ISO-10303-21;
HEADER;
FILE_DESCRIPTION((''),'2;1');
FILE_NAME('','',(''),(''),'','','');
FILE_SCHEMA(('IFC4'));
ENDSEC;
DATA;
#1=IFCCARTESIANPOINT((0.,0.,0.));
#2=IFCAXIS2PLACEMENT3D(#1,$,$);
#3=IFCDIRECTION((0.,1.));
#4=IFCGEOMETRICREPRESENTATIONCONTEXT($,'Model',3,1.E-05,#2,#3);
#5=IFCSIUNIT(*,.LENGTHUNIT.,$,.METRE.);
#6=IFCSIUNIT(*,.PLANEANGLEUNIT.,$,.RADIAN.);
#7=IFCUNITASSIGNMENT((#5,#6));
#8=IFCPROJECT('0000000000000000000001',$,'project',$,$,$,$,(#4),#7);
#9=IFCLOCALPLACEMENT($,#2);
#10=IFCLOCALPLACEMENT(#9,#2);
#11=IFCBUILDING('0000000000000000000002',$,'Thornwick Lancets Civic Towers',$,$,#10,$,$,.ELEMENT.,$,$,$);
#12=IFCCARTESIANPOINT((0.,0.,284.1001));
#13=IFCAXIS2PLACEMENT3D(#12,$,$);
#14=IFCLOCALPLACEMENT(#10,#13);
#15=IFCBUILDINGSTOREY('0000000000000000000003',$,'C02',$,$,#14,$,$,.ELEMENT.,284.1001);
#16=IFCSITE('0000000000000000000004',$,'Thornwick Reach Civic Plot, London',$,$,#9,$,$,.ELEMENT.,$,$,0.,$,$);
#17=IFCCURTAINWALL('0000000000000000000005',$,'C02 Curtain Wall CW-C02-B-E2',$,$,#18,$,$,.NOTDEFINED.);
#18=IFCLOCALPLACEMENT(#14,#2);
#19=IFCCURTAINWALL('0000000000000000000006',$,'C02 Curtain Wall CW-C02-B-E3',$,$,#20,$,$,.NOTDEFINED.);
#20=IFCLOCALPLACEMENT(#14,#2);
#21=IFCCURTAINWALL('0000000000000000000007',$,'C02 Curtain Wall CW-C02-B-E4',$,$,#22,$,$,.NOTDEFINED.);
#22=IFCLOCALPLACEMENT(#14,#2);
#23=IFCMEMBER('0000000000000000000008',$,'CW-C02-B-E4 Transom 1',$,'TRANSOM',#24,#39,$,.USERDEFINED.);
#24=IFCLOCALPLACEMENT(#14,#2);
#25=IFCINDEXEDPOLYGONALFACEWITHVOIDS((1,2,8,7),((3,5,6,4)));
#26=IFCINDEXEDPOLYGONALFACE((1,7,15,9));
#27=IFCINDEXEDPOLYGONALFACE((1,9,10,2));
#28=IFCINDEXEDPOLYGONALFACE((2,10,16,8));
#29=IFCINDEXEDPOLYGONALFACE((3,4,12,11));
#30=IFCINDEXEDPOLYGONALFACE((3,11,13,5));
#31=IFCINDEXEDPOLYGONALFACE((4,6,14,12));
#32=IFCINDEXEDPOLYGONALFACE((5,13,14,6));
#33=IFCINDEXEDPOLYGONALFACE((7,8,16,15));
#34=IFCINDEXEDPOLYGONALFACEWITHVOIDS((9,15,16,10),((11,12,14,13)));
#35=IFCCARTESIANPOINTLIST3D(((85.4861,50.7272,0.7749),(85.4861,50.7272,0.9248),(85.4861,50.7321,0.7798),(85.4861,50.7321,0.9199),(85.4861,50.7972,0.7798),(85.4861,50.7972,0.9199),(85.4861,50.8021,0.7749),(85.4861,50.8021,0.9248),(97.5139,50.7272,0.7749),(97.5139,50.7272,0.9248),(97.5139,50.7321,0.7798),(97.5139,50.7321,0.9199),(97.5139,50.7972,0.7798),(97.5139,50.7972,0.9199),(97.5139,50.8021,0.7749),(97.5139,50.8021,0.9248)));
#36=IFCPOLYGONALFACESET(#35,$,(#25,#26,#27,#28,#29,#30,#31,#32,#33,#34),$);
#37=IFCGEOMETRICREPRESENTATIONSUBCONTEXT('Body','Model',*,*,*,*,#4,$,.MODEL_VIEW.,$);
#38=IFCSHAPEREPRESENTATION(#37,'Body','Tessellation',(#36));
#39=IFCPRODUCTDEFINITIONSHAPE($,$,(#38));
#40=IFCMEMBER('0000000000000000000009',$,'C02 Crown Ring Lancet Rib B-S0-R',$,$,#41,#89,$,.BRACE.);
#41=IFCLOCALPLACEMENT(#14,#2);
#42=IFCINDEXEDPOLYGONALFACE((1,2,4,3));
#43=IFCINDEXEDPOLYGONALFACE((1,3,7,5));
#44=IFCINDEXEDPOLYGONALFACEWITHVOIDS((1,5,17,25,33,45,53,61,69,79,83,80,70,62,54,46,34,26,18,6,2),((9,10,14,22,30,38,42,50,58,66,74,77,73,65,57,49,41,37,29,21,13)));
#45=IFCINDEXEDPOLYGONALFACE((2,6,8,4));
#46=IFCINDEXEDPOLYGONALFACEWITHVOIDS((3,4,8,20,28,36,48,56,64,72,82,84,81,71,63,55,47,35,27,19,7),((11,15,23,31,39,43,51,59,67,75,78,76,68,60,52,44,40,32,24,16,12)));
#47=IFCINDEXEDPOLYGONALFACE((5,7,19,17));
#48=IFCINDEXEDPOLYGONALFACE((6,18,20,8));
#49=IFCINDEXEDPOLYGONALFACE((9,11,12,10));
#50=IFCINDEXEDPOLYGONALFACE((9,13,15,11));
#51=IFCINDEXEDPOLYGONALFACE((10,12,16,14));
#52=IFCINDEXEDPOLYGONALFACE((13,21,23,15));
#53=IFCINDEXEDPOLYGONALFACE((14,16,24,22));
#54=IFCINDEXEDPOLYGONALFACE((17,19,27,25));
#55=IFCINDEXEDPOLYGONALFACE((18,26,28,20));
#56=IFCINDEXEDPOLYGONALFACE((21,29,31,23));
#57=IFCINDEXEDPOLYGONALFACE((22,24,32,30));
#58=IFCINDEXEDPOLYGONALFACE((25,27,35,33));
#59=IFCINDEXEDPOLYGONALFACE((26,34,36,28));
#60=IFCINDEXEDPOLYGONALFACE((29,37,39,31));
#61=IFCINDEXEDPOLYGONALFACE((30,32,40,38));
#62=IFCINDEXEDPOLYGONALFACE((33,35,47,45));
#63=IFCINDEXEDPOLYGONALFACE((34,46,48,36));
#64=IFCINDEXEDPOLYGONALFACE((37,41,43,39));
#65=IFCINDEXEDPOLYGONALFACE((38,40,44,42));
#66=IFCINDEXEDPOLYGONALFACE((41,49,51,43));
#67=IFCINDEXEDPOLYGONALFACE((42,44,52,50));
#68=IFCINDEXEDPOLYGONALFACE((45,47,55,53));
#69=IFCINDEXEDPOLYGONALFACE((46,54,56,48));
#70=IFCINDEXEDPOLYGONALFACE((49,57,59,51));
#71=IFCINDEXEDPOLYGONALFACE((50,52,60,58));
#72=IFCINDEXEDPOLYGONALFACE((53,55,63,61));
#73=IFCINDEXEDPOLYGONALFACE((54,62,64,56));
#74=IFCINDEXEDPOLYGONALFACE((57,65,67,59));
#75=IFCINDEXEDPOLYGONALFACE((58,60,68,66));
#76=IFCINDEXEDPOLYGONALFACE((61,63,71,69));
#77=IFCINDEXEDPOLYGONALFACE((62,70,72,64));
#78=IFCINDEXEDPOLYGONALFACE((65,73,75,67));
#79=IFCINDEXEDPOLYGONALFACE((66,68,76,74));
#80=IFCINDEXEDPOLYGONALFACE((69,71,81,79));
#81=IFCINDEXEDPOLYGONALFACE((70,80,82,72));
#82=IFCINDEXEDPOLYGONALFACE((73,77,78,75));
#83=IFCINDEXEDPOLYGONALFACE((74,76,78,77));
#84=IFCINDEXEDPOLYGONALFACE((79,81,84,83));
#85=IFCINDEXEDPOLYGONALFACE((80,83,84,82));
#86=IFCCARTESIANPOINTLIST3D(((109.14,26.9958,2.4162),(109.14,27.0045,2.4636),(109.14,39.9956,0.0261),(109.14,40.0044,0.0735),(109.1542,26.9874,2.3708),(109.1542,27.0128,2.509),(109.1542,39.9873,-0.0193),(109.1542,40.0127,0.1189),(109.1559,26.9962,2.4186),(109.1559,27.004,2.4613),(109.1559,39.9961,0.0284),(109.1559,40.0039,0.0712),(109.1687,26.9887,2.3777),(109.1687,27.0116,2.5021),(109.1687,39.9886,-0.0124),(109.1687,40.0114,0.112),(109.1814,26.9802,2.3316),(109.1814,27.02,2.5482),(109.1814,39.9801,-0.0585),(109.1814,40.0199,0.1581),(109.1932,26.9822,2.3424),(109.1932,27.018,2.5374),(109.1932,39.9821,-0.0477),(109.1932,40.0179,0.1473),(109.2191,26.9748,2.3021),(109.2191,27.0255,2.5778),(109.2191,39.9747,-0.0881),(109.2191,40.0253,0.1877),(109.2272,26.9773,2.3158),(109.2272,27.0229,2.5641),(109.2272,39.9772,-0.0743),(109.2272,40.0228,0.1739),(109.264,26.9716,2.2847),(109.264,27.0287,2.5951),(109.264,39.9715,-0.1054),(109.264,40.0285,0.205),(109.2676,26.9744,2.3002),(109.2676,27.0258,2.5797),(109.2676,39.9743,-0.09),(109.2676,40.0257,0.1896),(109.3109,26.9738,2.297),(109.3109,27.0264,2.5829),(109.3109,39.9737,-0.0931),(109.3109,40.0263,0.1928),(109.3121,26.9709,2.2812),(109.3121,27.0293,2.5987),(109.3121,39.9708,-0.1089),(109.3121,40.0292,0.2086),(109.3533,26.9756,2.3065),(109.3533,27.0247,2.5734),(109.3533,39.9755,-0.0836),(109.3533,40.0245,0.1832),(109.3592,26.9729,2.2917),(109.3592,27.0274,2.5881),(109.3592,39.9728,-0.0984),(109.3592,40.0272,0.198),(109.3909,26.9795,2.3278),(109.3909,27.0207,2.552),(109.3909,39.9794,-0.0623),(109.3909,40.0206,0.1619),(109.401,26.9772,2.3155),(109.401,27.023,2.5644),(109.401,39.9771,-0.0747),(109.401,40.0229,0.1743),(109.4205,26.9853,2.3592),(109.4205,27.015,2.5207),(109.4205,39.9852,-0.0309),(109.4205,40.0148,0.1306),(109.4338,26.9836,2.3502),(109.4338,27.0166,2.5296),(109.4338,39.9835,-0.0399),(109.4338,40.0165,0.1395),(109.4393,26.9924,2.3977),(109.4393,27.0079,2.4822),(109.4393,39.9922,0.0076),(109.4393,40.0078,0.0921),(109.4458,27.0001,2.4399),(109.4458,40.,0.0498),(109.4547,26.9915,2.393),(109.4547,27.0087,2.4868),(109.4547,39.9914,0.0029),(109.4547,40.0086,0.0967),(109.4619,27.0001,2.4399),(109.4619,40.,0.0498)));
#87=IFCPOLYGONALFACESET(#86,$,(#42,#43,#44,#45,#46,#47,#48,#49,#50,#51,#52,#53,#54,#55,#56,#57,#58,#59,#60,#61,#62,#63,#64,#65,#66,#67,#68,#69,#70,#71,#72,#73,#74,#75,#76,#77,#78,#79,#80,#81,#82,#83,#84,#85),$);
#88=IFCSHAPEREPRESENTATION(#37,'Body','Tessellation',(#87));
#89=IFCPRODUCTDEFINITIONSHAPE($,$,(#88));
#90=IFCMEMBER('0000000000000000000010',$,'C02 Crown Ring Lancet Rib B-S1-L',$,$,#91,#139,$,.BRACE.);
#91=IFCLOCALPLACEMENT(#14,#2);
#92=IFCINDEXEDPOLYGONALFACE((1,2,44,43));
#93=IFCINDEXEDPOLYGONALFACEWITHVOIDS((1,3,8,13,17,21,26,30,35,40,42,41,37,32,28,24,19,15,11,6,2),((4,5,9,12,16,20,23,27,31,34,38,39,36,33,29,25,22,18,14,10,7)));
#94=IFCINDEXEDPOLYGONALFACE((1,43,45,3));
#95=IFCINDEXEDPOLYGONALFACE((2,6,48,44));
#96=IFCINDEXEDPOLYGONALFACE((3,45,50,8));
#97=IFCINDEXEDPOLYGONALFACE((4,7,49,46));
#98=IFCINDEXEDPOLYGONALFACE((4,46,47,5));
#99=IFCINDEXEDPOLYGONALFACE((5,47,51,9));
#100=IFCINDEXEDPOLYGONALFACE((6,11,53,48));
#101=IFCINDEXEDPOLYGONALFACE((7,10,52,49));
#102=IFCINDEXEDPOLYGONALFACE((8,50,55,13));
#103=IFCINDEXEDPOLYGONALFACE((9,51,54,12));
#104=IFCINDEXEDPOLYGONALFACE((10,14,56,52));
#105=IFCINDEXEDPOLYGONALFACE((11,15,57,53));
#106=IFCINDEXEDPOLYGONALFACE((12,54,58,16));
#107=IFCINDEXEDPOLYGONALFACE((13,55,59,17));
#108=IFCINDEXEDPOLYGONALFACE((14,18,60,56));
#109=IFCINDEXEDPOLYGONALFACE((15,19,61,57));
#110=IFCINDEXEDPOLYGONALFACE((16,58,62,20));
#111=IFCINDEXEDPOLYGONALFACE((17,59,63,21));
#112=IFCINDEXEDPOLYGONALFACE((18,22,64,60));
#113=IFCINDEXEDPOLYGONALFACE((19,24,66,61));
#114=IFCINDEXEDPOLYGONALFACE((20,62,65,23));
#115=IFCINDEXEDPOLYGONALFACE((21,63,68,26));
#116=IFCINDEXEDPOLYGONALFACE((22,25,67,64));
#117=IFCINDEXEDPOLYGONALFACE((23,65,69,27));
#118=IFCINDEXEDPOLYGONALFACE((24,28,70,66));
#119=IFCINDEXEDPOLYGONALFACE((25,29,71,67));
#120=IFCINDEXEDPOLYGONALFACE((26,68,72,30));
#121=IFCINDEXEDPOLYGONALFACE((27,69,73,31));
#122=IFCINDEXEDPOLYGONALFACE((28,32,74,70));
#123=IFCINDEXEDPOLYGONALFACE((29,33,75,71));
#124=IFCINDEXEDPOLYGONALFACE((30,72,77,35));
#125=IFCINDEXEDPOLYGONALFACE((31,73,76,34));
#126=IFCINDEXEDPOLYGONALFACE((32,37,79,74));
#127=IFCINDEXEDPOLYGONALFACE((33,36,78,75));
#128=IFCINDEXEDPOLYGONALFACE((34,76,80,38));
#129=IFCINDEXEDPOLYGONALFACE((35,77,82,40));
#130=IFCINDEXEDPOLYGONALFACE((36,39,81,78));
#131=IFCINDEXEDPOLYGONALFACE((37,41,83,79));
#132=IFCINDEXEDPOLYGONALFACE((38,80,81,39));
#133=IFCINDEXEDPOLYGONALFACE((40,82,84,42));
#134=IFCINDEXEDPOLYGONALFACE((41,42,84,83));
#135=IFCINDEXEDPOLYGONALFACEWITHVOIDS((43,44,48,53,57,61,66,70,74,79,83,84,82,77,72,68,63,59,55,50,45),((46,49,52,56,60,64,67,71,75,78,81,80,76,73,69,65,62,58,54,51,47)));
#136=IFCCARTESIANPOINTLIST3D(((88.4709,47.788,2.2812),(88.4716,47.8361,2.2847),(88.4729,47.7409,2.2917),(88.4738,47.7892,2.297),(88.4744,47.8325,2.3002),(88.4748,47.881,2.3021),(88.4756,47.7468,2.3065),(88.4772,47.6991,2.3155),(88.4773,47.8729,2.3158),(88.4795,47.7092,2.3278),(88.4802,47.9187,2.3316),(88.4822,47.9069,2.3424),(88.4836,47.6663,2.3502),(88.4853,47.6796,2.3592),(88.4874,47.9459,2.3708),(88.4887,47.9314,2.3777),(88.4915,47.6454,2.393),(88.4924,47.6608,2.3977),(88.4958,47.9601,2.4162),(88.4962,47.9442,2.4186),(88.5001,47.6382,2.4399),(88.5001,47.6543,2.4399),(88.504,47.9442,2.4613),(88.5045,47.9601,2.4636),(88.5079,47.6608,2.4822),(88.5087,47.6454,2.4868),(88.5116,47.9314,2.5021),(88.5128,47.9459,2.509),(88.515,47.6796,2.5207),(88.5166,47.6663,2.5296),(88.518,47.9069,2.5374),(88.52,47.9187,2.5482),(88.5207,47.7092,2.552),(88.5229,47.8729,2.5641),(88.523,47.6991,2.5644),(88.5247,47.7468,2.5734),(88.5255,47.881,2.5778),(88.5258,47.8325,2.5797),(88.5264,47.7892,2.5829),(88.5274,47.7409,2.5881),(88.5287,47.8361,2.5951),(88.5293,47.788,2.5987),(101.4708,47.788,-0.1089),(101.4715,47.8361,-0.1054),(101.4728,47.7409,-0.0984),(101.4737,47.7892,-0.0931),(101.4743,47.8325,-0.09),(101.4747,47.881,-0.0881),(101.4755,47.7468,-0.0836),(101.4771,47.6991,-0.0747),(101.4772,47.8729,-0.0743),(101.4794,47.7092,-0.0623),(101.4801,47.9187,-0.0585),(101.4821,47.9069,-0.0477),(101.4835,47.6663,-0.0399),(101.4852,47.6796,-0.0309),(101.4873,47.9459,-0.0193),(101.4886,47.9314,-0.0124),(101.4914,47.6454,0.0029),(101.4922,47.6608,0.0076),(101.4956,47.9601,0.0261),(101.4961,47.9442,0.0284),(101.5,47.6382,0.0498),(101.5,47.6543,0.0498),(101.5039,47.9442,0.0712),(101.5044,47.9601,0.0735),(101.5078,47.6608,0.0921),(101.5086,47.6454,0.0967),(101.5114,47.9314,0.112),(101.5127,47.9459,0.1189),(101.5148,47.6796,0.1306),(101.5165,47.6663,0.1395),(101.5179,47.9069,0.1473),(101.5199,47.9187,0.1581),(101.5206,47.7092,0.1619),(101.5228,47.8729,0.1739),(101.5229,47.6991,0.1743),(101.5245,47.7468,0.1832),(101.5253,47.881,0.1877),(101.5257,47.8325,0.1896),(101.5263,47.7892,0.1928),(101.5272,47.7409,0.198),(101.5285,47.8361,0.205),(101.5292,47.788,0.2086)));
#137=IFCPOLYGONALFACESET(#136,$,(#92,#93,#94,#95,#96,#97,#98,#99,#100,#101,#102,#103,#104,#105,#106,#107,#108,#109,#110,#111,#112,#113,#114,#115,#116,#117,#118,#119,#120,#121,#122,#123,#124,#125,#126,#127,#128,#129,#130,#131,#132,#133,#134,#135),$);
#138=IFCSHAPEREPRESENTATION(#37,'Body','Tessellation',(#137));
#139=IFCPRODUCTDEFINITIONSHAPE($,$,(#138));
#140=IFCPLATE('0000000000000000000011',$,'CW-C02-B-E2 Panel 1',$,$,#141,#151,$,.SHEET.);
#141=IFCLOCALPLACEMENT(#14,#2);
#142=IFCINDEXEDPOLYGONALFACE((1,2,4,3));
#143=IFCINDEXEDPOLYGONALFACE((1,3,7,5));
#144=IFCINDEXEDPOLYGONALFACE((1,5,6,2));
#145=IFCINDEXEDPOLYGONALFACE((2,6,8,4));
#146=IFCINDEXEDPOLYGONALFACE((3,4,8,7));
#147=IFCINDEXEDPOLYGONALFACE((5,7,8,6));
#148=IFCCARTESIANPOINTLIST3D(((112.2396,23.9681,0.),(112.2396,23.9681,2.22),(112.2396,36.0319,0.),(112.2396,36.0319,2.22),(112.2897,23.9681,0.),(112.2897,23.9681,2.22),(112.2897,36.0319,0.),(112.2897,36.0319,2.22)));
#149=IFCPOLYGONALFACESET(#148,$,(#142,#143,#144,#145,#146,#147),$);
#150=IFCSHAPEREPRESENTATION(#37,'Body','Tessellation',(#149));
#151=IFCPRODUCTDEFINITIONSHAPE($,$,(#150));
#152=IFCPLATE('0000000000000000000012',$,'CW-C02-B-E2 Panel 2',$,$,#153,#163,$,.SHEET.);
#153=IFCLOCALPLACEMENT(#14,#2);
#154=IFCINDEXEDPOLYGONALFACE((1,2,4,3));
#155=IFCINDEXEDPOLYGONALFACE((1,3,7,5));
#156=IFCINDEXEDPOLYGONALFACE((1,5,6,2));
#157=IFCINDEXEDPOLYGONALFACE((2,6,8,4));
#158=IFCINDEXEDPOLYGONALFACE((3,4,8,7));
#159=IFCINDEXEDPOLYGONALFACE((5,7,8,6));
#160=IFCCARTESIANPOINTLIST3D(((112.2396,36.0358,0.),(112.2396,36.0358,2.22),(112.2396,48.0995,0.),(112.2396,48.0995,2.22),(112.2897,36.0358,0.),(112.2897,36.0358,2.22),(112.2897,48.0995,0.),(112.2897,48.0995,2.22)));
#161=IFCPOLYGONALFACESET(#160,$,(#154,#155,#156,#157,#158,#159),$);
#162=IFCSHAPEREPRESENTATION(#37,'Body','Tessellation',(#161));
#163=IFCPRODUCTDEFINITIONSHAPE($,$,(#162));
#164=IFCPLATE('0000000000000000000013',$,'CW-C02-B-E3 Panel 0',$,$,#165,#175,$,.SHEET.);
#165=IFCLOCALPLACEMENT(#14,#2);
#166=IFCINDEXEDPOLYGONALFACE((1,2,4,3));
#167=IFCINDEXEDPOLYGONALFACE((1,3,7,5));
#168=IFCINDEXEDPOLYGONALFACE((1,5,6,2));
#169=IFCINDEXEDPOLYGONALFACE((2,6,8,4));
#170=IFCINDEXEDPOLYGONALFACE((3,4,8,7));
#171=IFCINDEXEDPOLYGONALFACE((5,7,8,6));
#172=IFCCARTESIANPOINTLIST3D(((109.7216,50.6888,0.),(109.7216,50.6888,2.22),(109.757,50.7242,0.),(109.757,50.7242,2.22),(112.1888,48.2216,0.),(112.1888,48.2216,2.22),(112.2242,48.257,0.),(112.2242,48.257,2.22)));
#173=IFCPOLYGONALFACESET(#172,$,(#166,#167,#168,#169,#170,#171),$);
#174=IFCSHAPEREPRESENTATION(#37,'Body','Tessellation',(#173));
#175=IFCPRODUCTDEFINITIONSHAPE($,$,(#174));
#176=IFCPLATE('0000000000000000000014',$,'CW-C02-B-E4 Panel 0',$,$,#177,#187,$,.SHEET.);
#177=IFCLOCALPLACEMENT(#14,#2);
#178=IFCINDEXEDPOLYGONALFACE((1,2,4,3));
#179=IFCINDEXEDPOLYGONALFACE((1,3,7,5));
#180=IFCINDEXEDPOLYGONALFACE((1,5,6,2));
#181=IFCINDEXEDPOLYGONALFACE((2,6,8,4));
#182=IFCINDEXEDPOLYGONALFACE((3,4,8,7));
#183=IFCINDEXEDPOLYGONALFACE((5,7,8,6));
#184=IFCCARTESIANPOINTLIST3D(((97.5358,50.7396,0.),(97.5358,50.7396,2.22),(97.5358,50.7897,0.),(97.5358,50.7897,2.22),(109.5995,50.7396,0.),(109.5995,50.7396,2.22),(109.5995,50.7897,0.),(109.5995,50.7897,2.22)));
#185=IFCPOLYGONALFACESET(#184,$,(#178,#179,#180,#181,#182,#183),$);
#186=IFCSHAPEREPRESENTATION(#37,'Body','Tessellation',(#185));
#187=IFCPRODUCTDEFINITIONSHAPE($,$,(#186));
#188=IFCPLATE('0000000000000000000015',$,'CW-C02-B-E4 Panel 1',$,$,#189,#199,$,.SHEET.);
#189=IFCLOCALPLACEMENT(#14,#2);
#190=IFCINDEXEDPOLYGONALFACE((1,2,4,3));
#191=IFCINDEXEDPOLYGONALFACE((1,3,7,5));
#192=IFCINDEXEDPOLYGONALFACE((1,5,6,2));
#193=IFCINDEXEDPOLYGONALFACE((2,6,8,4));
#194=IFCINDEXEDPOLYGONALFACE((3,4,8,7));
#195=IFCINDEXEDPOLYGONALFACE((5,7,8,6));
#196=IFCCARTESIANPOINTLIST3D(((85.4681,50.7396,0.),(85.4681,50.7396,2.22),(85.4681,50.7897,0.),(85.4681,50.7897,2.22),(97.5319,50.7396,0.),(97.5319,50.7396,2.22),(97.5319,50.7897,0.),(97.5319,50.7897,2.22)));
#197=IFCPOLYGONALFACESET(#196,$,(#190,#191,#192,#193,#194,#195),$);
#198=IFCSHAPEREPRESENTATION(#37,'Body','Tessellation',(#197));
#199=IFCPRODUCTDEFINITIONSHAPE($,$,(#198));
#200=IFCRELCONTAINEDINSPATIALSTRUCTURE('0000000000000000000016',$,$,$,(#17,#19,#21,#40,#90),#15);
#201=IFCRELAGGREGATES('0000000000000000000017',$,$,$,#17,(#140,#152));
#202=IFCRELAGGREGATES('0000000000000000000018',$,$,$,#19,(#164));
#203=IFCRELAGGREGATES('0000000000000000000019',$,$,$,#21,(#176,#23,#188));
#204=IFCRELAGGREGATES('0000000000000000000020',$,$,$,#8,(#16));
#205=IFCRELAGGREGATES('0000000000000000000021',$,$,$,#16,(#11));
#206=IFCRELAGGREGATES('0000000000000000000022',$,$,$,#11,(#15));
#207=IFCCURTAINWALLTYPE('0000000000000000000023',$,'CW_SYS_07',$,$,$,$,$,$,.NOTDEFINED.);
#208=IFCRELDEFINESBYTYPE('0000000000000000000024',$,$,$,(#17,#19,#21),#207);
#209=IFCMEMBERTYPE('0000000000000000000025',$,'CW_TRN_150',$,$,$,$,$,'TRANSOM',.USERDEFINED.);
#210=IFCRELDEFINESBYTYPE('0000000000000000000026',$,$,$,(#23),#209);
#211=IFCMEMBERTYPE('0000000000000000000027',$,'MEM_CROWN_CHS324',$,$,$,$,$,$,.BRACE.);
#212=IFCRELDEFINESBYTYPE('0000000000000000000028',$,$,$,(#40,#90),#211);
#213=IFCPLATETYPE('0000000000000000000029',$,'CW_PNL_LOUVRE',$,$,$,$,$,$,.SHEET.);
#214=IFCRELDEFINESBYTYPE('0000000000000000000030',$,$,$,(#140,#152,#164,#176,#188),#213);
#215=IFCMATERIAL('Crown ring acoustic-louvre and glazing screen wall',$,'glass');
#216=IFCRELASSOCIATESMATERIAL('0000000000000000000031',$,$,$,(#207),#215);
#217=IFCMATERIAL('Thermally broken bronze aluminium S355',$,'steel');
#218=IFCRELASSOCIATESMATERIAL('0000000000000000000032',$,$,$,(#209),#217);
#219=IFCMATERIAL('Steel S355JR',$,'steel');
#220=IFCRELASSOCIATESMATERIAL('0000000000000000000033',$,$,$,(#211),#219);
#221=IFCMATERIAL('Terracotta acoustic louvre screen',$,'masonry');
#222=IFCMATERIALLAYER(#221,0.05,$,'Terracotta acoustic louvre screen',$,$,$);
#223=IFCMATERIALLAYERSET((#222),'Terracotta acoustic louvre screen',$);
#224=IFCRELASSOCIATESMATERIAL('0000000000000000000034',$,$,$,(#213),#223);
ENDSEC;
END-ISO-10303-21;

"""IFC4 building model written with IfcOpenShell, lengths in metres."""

from ifc_helpers import new_model, si_unit, direction, frame, origin, origin_2d, place, context, subcontext, project, spatial, rectangle, hollow_rectangle, hollow_circle, extrude, material, layer, layer_set, material_profile, profile_set, type_object, element, aggregate, save


model = new_model("IFC4")

# Units and contexts
model_context = context("Model", 3, precision=1e-05, world=origin(), true_north=direction((0.0, 1.0)))
body_context = subcontext(model_context, "Body", "Model", "MODEL_VIEW")
ifc_project = project(units=[si_unit("LENGTHUNIT", "METRE"), si_unit("PLANEANGLEUNIT", "RADIAN")], contexts=[model_context])

# Site, building, storey
site_placement = place(None, origin())
site = spatial("IfcSite", under=ifc_project, at=site_placement, Name="Thornwick Reach Civic Plot, London", CompositionType="ELEMENT", RefElevation=0.0)
building_placement = place(site_placement, origin())
building = spatial("IfcBuilding", under=site, at=building_placement, Name="Thornwick Lancets Civic Towers", CompositionType="ELEMENT")
storey_placement = place(building_placement, frame((0.0, 0.0, 284.1001)))
storey = spatial("IfcBuildingStorey", under=building, at=storey_placement, Name="C02", CompositionType="ELEMENT", Elevation=284.1001)

# Shared definitions
ifc_material_1 = material(Name="Steel S355JR", Category="steel")

# Curtain walls
ifc_material_2 = material(Name="Crown ring acoustic-louvre and glazing screen wall", Category="glass")
curtain_wall_type = type_object("IfcCurtainWallType", Name="CW_SYS_07", PredefinedType="NOTDEFINED", material=ifc_material_2)
curtain_wall_1_placement = place(storey_placement, origin())
curtain_wall_1 = element("IfcCurtainWall", 1, at=curtain_wall_1_placement, inside=storey, type_object=curtain_wall_type, Name="C02 Curtain Wall CW-C02-B-E2", PredefinedType="NOTDEFINED")
ifc_material_3 = material(Name="Thermally broken bronze aluminium S355", Category="steel")
curtain_wall_2_placement = place(storey_placement, origin())
curtain_wall_2 = element("IfcCurtainWall", 2, at=curtain_wall_2_placement, inside=storey, type_object=curtain_wall_type, Name="C02 Curtain Wall CW-C02-B-E3", PredefinedType="NOTDEFINED")
curtain_wall_3_placement = place(storey_placement, origin())
curtain_wall_3 = element("IfcCurtainWall", 3, at=curtain_wall_3_placement, inside=storey, type_object=curtain_wall_type, Name="C02 Curtain Wall CW-C02-B-E4", PredefinedType="NOTDEFINED")

# Member
ifc_material_profile_1 = material_profile(ifc_material_3, hollow_rectangle(XDim=0.075, YDim=0.1499, WallThickness=0.0049, at=origin_2d()), Name="RHS 150x75x5")
ifc_profile_set_1 = profile_set([ifc_material_profile_1], Name="Thermally broken bronze aluminium S355")
member_type_1 = type_object("IfcMemberType", Name="CW_TRN_150", ElementType="TRANSOM", PredefinedType="USERDEFINED", material=ifc_profile_set_1)
member_1_placement = place(storey_placement, frame((97.5139, 50.7646, 0.8499), z_axis=(-1.0, 0.0, 0.0), x_axis=(0.0, -1.0, 0.0)))
member_1 = element("IfcMember", 4, at=member_1_placement, type_object=member_type_1, Name="CW-C02-B-E4 Transom 1", ObjectType="TRANSOM", PredefinedType="USERDEFINED", context=body_context, shape_type="SweptSolid", body=[
    extrude(hollow_rectangle(XDim=0.075, YDim=0.1499, WallThickness=0.0049, at=origin_2d()), origin(), (0.0, 0.0, 1.0), 12.0278),
])

# Members
ifc_material_profile_2 = material_profile(ifc_material_1, hollow_circle(Radius=0.1619, WallThickness=0.0161, at=origin_2d()), Name="CHS 323.9x16")
ifc_profile_set_2 = profile_set([ifc_material_profile_2], Name="Steel S355JR")
member_type_2 = type_object("IfcMemberType", Name="MEM_CROWN_CHS324", PredefinedType="BRACE", material=ifc_profile_set_2)
for number, where, z_axis, x_axis, name in (
    (5, (109.3, 40.0, 0.0498), (0.0, -0.983515, 0.180826), (1.0, 0.0, 0.0), "C02 Crown Ring Lancet Rib B-S0-R"),
    (6, (101.5, 47.8, 0.0498), (-0.983515, 0.0, 0.180826), (0.0, -1.0, 0.0), "C02 Crown Ring Lancet Rib B-S1-L"),
):
    element("IfcMember", number, at=place(storey_placement, frame(where, z_axis=z_axis, x_axis=x_axis)), inside=storey, type_object=member_type_2, Name=name, PredefinedType="BRACE", context=body_context, shape_type="SweptSolid", body=[
        extrude(hollow_circle(Radius=0.1619, WallThickness=0.0161, at=origin_2d()), origin(), (0.0, 0.0, 1.0), 13.2178),
    ])

# Plates
ifc_material_4 = material(Name="Terracotta acoustic louvre screen", Category="masonry")
ifc_layer_1 = layer(ifc_material_4, 0.05, Name="Terracotta acoustic louvre screen")
ifc_layer_set_1 = layer_set([ifc_layer_1], Name="Terracotta acoustic louvre screen")
plate_type_1 = type_object("IfcPlateType", Name="CW_PNL_LOUVRE", PredefinedType="SHEET", material=ifc_layer_set_1)
plate_1_placement = place(storey_placement, frame((112.2646, 30.0, 0.0), z_axis=(0.0, 0.0, 1.0), x_axis=(0.0, 1.0, 0.0)))
plate_1 = element("IfcPlate", 7, at=plate_1_placement, type_object=plate_type_1, Name="CW-C02-B-E2 Panel 1", PredefinedType="SHEET", context=body_context, shape_type="SweptSolid", body=[
    extrude(rectangle(XDim=12.0637, YDim=0.05, at=origin_2d()), origin(), (0.0, 0.0, 1.0), 2.22),
])
plate_2_placement = place(storey_placement, frame((112.2646, 42.0676, 0.0), z_axis=(0.0, 0.0, 1.0), x_axis=(0.0, 1.0, 0.0)))
plate_2 = element("IfcPlate", 8, at=plate_2_placement, type_object=plate_type_1, Name="CW-C02-B-E2 Panel 2", PredefinedType="SHEET", context=body_context, shape_type="SweptSolid", body=[
    extrude(rectangle(XDim=12.0637, YDim=0.05, at=origin_2d()), origin(), (0.0, 0.0, 1.0), 2.22),
])
aggregate(curtain_wall_1, [plate_1, plate_2])
plate_3_placement = place(storey_placement, frame((110.9729, 49.4729, 0.0), z_axis=(0.0, 0.0, 1.0), x_axis=(-0.707107, 0.707107, 0.0)))
plate_3 = element("IfcPlate", 9, at=plate_3_placement, type_object=plate_type_1, Name="CW-C02-B-E3 Panel 0", PredefinedType="SHEET", context=body_context, shape_type="SweptSolid", body=[
    extrude(rectangle(XDim=3.4893, YDim=0.05, at=origin_2d()), origin(), (0.0, 0.0, 1.0), 2.22),
])
aggregate(curtain_wall_2, [plate_3])
plate_4_placement = place(storey_placement, frame((103.5676, 50.7646, 0.0), z_axis=(0.0, 0.0, 1.0), x_axis=(-1.0, 0.0, 0.0)))
plate_4 = element("IfcPlate", 10, at=plate_4_placement, type_object=plate_type_1, Name="CW-C02-B-E4 Panel 0", PredefinedType="SHEET", context=body_context, shape_type="SweptSolid", body=[
    extrude(rectangle(XDim=12.0637, YDim=0.05, at=origin_2d()), origin(), (0.0, 0.0, 1.0), 2.22),
])
plate_5_placement = place(storey_placement, frame((91.5, 50.7646, 0.0), z_axis=(0.0, 0.0, 1.0), x_axis=(-1.0, 0.0, 0.0)))
plate_5 = element("IfcPlate", 11, at=plate_5_placement, type_object=plate_type_1, Name="CW-C02-B-E4 Panel 1", PredefinedType="SHEET", context=body_context, shape_type="SweptSolid", body=[
    extrude(rectangle(XDim=12.0637, YDim=0.05, at=origin_2d()), origin(), (0.0, 0.0, 1.0), 2.22),
])
aggregate(curtain_wall_3, [plate_4, member_1, plate_5])

save(model, "model.ifc")
